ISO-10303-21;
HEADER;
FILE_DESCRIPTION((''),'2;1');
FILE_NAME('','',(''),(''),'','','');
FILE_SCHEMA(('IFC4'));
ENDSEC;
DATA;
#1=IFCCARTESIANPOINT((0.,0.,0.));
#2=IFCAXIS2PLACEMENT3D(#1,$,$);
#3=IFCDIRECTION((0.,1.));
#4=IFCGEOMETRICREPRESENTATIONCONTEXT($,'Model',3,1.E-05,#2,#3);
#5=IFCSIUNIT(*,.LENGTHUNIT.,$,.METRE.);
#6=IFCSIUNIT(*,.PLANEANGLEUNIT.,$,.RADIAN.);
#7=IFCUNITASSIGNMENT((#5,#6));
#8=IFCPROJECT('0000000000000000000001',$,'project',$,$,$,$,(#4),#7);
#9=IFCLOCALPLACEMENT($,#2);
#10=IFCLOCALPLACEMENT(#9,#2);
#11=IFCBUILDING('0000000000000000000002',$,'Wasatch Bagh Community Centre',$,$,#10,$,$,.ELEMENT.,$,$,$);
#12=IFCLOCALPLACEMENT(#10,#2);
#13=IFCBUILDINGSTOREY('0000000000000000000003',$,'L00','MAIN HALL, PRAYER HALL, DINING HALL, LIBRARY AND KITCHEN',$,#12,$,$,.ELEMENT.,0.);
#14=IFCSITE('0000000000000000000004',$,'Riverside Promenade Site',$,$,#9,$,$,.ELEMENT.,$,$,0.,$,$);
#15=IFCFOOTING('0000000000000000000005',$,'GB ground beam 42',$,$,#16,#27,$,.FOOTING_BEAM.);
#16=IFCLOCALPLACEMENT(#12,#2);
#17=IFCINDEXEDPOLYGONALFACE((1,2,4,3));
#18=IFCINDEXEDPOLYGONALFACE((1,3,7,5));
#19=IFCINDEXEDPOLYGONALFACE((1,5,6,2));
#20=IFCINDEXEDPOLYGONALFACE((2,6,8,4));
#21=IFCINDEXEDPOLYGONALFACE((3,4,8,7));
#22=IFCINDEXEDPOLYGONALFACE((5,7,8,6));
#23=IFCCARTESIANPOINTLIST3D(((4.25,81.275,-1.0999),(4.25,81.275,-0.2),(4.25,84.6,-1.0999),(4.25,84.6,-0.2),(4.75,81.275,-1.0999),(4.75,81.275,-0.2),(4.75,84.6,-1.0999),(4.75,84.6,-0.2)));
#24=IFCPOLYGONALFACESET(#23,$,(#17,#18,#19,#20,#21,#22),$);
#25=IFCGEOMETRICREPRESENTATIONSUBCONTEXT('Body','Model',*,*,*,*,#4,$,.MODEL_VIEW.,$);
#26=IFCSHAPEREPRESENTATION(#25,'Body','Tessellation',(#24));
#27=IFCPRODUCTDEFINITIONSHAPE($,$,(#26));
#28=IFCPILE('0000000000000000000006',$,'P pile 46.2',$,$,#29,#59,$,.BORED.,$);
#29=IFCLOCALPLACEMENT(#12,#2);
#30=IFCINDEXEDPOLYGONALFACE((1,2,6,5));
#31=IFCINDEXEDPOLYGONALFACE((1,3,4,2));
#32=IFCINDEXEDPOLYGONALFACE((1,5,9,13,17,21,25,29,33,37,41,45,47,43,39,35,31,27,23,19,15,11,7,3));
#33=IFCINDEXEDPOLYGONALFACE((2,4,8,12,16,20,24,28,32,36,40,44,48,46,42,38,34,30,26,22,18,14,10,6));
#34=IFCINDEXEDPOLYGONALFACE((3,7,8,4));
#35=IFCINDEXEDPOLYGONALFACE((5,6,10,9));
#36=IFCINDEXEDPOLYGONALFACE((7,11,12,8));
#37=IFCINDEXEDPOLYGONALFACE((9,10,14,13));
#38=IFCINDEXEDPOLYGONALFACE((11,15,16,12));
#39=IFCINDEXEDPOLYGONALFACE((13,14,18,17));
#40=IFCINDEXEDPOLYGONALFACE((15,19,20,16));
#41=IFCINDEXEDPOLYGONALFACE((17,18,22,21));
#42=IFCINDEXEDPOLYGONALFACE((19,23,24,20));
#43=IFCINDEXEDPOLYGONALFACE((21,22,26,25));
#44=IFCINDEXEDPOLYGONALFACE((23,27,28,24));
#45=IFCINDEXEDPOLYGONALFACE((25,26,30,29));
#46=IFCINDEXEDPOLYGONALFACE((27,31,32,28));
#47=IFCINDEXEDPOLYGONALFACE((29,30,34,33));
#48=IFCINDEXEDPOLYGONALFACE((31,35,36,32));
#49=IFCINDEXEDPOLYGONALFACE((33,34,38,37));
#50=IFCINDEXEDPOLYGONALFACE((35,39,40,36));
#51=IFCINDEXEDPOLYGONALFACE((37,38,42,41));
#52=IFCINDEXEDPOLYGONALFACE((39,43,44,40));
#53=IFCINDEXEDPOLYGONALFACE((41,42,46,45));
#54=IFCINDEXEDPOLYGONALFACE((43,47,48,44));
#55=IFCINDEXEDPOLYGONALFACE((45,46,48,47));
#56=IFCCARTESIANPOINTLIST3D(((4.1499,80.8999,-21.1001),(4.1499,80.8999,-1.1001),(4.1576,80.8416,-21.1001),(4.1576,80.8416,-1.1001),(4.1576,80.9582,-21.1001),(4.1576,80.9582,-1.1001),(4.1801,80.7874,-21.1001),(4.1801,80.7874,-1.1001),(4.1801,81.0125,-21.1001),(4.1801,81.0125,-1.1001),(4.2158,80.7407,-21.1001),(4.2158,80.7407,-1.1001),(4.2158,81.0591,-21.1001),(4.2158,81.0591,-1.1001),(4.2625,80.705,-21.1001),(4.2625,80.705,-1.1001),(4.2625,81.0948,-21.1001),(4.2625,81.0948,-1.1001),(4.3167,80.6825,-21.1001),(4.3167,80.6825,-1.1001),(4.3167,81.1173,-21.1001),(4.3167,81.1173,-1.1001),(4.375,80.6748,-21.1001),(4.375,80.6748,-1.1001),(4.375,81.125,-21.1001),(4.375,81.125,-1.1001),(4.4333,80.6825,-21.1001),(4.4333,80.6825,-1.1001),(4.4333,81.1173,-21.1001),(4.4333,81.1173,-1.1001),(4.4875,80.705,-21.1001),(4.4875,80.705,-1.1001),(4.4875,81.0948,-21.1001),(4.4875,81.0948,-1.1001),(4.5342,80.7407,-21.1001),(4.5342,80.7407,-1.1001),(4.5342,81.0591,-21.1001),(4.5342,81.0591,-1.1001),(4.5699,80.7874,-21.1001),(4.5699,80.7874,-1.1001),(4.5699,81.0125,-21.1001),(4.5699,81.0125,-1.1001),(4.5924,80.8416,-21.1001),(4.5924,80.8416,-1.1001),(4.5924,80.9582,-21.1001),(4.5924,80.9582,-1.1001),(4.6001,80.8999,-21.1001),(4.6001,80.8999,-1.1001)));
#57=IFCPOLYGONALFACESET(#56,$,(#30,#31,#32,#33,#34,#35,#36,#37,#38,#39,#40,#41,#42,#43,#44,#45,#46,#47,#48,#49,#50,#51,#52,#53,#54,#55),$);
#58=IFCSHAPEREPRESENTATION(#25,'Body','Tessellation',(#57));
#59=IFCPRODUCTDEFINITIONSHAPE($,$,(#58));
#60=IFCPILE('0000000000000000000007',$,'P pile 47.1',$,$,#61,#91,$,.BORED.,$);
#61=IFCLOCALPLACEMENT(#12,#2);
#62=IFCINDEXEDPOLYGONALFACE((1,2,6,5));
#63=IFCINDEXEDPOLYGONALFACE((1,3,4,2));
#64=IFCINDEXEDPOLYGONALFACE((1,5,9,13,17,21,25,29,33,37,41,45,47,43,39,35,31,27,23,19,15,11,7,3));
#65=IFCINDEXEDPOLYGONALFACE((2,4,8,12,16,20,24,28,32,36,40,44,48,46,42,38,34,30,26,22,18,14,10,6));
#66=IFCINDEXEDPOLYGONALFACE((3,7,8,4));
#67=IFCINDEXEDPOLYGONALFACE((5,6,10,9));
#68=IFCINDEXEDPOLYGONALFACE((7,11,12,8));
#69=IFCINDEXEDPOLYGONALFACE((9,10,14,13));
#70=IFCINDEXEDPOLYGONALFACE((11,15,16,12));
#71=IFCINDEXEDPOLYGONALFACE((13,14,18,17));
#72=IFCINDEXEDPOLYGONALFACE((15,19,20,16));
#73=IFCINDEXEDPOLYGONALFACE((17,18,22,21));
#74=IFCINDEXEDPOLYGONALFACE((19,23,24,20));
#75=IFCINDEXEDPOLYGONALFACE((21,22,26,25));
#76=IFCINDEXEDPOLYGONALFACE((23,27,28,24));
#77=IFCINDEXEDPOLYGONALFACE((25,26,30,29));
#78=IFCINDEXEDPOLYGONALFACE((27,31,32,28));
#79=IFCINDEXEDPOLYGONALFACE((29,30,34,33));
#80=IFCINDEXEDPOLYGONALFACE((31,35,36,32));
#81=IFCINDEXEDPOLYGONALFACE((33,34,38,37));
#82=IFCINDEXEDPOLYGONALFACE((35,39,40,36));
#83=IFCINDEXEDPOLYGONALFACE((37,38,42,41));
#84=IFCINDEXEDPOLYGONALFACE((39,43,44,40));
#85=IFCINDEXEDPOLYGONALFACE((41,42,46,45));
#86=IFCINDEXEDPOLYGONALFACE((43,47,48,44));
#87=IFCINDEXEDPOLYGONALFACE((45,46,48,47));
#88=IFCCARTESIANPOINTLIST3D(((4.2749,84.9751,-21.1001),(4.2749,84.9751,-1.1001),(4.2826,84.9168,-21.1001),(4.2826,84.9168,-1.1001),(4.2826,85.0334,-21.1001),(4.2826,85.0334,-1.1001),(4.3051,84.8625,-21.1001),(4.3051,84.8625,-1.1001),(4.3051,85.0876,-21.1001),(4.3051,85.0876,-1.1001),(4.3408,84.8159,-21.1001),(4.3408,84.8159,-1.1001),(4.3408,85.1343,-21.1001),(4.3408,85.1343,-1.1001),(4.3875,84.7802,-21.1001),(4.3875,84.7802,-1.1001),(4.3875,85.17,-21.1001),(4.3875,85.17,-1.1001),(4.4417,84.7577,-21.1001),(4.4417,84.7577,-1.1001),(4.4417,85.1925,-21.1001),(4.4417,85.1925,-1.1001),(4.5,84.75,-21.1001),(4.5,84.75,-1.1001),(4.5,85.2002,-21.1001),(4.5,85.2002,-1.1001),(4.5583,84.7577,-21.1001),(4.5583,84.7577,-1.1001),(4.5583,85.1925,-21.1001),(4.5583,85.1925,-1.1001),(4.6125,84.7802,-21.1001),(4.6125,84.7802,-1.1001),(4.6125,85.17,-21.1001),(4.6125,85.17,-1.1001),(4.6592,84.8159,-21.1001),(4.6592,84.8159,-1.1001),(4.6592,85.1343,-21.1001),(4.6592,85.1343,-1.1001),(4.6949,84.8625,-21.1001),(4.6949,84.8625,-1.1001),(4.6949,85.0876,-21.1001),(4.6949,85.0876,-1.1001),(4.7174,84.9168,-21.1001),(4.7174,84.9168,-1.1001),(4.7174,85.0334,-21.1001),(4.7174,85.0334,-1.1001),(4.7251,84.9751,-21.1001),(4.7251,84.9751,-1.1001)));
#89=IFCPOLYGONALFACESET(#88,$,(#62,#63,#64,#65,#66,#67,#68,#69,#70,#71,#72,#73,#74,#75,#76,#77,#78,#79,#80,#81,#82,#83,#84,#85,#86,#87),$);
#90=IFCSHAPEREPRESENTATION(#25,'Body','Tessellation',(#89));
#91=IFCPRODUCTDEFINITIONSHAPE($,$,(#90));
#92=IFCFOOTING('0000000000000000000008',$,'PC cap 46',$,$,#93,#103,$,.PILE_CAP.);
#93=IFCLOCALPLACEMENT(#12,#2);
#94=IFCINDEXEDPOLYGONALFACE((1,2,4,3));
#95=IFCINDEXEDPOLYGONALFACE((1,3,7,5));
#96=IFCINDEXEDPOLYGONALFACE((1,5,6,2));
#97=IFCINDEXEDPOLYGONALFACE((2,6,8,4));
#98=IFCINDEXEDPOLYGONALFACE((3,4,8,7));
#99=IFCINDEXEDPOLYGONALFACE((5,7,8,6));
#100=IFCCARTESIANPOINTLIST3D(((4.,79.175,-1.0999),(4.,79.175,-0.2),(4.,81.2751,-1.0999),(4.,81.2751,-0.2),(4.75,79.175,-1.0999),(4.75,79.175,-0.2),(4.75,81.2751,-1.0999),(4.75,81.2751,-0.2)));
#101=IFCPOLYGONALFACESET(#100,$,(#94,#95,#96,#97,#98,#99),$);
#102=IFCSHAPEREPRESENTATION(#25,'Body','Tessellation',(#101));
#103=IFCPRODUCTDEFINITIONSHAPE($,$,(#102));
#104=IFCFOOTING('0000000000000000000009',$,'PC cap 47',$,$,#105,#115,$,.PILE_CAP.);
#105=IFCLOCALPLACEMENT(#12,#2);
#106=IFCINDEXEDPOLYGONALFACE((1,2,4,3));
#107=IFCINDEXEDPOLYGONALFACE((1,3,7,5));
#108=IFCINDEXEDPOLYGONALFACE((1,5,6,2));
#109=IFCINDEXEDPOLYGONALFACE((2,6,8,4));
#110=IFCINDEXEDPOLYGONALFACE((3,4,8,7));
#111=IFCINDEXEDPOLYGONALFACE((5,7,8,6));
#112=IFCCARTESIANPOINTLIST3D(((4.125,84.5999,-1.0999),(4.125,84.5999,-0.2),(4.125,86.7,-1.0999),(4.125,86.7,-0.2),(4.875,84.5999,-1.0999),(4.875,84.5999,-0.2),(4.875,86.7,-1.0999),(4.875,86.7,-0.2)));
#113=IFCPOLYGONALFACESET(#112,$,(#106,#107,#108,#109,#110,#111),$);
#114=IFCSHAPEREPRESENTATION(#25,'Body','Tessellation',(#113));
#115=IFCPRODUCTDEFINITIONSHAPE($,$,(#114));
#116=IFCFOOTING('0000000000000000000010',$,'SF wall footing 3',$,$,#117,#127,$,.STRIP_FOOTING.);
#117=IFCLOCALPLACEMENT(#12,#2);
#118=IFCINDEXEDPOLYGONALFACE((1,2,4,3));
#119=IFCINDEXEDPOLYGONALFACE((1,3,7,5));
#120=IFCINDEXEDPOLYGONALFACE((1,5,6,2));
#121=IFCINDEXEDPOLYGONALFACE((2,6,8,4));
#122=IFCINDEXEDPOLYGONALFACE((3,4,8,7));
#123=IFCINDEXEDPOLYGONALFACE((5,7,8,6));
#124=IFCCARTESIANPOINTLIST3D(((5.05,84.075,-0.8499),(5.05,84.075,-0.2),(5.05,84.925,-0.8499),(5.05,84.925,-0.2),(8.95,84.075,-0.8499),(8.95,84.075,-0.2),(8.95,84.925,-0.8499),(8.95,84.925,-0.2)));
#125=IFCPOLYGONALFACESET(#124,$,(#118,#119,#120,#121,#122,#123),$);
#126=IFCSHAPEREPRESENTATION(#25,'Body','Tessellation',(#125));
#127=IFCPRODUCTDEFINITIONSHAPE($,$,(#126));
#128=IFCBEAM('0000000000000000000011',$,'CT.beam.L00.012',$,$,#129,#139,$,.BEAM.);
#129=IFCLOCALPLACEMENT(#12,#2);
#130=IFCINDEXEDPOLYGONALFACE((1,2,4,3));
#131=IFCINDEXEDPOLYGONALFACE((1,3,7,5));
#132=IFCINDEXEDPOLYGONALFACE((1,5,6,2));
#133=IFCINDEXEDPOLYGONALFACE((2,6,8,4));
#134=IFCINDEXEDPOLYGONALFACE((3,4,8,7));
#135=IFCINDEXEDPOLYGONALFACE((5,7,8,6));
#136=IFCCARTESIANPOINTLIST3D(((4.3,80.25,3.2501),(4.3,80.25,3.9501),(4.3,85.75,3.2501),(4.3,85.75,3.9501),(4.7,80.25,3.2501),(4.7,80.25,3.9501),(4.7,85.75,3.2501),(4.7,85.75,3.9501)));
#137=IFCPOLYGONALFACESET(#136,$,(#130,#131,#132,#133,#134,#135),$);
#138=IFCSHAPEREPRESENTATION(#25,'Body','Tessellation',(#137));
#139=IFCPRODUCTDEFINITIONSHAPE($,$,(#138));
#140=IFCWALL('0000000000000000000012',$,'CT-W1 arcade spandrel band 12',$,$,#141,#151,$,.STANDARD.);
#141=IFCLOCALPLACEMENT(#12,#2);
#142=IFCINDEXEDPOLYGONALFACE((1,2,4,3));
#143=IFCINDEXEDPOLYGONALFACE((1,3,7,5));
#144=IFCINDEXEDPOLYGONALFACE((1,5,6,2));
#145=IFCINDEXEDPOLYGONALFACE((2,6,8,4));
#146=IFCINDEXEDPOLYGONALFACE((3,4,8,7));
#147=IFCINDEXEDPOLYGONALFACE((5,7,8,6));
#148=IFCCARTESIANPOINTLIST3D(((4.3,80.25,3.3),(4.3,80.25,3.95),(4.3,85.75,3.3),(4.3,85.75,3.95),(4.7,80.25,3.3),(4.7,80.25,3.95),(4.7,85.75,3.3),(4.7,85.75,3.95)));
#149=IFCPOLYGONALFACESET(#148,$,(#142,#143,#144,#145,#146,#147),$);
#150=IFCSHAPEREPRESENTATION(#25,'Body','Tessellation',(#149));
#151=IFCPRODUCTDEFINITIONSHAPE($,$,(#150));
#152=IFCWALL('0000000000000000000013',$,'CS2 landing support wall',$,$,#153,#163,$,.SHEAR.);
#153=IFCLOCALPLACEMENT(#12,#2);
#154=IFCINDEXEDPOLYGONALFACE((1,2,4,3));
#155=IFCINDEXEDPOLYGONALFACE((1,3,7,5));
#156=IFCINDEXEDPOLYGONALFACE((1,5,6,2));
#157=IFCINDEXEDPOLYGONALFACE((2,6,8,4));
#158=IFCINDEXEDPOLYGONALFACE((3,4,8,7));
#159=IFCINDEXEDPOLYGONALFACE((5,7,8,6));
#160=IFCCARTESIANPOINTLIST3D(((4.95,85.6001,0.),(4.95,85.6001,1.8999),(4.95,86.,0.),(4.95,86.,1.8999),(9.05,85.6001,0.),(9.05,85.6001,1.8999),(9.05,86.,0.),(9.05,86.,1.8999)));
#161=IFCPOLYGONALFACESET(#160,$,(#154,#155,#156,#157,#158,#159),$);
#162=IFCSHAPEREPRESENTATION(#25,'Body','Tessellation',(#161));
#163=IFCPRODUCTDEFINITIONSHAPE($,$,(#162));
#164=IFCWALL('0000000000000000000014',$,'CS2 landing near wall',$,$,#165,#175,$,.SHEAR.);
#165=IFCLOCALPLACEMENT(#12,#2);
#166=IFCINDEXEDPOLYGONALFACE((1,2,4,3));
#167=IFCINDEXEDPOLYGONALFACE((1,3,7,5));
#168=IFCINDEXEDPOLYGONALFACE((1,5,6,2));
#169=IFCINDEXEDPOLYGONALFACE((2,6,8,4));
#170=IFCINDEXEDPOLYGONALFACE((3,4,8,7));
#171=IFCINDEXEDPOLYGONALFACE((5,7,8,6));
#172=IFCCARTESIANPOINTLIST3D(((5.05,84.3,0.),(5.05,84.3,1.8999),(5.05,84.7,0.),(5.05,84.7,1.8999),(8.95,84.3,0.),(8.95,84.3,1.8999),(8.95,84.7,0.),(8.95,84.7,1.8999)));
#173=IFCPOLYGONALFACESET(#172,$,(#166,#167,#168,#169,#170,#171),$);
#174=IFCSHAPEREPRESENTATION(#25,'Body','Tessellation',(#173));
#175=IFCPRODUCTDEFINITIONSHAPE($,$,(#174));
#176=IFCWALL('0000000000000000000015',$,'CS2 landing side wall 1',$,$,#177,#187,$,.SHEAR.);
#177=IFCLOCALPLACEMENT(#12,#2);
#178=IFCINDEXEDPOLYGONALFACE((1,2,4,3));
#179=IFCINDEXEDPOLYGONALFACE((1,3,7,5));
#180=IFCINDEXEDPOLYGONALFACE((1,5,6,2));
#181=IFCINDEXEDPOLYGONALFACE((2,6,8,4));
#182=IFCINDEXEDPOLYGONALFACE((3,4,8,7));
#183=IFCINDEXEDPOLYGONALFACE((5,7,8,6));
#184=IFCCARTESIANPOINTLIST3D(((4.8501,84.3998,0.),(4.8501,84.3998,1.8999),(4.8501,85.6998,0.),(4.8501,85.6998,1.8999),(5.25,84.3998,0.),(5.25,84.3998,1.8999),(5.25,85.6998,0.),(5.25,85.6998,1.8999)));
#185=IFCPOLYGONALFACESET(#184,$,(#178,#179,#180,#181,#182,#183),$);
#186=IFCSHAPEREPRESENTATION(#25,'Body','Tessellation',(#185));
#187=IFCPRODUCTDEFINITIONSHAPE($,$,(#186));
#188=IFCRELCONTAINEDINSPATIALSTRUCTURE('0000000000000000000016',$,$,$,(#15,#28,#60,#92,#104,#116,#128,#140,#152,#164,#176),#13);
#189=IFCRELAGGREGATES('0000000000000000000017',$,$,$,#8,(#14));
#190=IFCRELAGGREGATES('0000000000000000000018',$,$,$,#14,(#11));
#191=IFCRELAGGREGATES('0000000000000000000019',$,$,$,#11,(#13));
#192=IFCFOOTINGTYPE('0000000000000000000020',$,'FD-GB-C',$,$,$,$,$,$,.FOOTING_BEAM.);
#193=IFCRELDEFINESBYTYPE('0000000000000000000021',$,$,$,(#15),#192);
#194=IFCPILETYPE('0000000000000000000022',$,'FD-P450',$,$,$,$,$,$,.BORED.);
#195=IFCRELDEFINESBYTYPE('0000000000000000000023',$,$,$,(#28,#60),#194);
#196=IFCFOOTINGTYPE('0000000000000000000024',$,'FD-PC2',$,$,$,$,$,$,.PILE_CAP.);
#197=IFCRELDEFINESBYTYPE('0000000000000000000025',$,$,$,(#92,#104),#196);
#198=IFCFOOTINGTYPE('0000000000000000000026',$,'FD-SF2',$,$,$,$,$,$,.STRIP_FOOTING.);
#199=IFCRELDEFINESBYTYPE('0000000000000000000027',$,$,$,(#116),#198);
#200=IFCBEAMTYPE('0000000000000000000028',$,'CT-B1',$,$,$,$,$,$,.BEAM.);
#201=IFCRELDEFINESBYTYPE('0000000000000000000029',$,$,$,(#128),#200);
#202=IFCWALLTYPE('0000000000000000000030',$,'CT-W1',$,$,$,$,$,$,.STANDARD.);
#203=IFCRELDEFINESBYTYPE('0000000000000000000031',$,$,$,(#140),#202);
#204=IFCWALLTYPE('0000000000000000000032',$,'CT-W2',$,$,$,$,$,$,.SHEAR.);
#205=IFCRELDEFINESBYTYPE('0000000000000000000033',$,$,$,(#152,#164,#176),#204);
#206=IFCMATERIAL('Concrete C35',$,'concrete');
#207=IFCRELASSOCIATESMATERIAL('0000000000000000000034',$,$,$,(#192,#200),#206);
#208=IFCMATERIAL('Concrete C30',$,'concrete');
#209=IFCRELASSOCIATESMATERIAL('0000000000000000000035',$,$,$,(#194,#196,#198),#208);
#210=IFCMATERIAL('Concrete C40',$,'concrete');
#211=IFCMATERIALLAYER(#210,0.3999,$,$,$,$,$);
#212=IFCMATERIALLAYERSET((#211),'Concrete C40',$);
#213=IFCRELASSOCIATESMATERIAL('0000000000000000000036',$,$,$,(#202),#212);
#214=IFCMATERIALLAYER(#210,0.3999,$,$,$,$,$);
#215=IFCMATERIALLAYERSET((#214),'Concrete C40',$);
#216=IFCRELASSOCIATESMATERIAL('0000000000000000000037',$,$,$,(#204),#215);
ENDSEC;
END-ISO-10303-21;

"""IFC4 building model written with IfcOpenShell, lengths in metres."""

from ifc_helpers import new_model, si_unit, direction, frame, frame_2d, origin, origin_2d, place, context, subcontext, project, spatial, rectangle, circle, extrude, material, layer, layer_set, material_profile, profile_set, type_object, element, save


model = new_model("IFC4")

# Units and contexts
model_context = context("Model", 3, precision=1e-05, world=origin(), true_north=direction((0.0, 1.0)))
body_context = subcontext(model_context, "Body", "Model", "MODEL_VIEW")
ifc_project = project(units=[si_unit("LENGTHUNIT", "METRE"), si_unit("PLANEANGLEUNIT", "RADIAN")], contexts=[model_context])

# Site, building, storey
site_placement = place(None, origin())
site = spatial("IfcSite", under=ifc_project, at=site_placement, Name="Riverside Promenade Site", CompositionType="ELEMENT", RefElevation=0.0)
building_placement = place(site_placement, origin())
building = spatial("IfcBuilding", under=site, at=building_placement, Name="Wasatch Bagh Community Centre", CompositionType="ELEMENT")
storey_placement = place(building_placement, origin())
storey = spatial("IfcBuildingStorey", under=building, at=storey_placement, Name="L00", Description="MAIN HALL, PRAYER HALL, DINING HALL, LIBRARY AND KITCHEN", CompositionType="ELEMENT", Elevation=0.0)

# Footing
ifc_material_1 = material(Name="Concrete C35", Category="concrete")
footing_type_1 = type_object("IfcFootingType", Name="FD-GB-C", PredefinedType="FOOTING_BEAM", material=ifc_material_1)
footing_1_placement = place(storey_placement, frame((4.5, 82.9375, -1.0999), z_axis=(0.0, 0.0, 1.0), x_axis=(0.0, 1.0, 0.0)))
element("IfcFooting", 1, at=footing_1_placement, inside=storey, type_object=footing_type_1, Name="GB ground beam 42", PredefinedType="FOOTING_BEAM", context=body_context, shape_type="SweptSolid", body=[
    extrude(rectangle(XDim=3.325, YDim=0.5, at=origin_2d()), origin(), (0.0, 0.0, 1.0), 0.8999),
])

# Piles
ifc_material_2 = material(Name="Concrete C30", Category="concrete")
ifc_material_profile_1 = material_profile(ifc_material_2, circle(Radius=0.2251, at=origin_2d()), Name="RC D450")
ifc_profile_set_1 = profile_set([ifc_material_profile_1], Name="Concrete C30")
pile_type = type_object("IfcPileType", Name="FD-P450", PredefinedType="BORED", material=ifc_profile_set_1)
for number, where, z_axis, x_axis, name in (
    (2, (4.375, 80.8999, -1.1001), (0.0, 0.0, -1.0), (1.0, 0.0, 0.0), "P pile 46.2"),
    (3, (4.5, 84.9751, -1.1001), (0.0, 0.0, -1.0), (1.0, 0.0, 0.0), "P pile 47.1"),
):
    element("IfcPile", number, at=place(storey_placement, frame(where, z_axis=z_axis, x_axis=x_axis)), inside=storey, type_object=pile_type, Name=name, PredefinedType="BORED", context=body_context, shape_type="SweptSolid", body=[
        extrude(circle(Radius=0.2251, at=origin_2d()), origin(), (0.0, 0.0, 1.0), 20.0),
    ])

# Footings
footing_type_2 = type_object("IfcFootingType", Name="FD-PC2", PredefinedType="PILE_CAP", material=ifc_material_2)
for number, where, z_axis, x_axis, name in (
    (4, (4.375, 80.2251, -1.0999), (0.0, 0.0, 1.0), (0.0, 1.0, 0.0), "PC cap 46"),
    (5, (4.5, 85.6499, -1.0999), (0.0, 0.0, 1.0), (0.0, 1.0, 0.0), "PC cap 47"),
):
    element("IfcFooting", number, at=place(storey_placement, frame(where, z_axis=z_axis, x_axis=x_axis)), inside=storey, type_object=footing_type_2, Name=name, PredefinedType="PILE_CAP", context=body_context, shape_type="SweptSolid", body=[
        extrude(rectangle(XDim=2.1001, YDim=0.75, at=origin_2d()), origin(), (0.0, 0.0, 1.0), 0.8999),
    ])
footing_type_3 = type_object("IfcFootingType", Name="FD-SF2", PredefinedType="STRIP_FOOTING", material=ifc_material_2)
footing_2_placement = place(storey_placement, frame((7.0, 84.5, -0.8499), z_axis=(0.0, 0.0, 1.0), x_axis=(1.0, 0.0, 0.0)))
element("IfcFooting", 6, at=footing_2_placement, inside=storey, type_object=footing_type_3, Name="SF wall footing 3", PredefinedType="STRIP_FOOTING", context=body_context, shape_type="SweptSolid", body=[
    extrude(rectangle(XDim=3.8999, YDim=0.8501, at=origin_2d()), origin(), (0.0, 0.0, 1.0), 0.6499),
])

# Beam
ifc_material_profile_2 = material_profile(ifc_material_1, rectangle(XDim=0.3999, YDim=0.7, at=origin_2d()), Name="RC 400x700")
ifc_profile_set_2 = profile_set([ifc_material_profile_2], Name="Concrete C35")
beam_type = type_object("IfcBeamType", Name="CT-B1", PredefinedType="BEAM", material=ifc_profile_set_2)
beam_placement = place(storey_placement, frame((4.5, 80.25, 3.6001), z_axis=(0.0, 1.0, 0.0), x_axis=(-1.0, 0.0, 0.0)))
element("IfcBeam", 7, at=beam_placement, inside=storey, type_object=beam_type, Name="CT.beam.L00.012", PredefinedType="BEAM", context=body_context, shape_type="SweptSolid", body=[
    extrude(rectangle(XDim=0.3999, YDim=0.7, at=origin_2d()), origin(), (0.0, 0.0, 1.0), 5.5),
])

# Walls
ifc_material_3 = material(Name="Concrete C40", Category="concrete")
ifc_layer_1 = layer(ifc_material_3, 0.3999)
ifc_layer_set_1 = layer_set([ifc_layer_1], Name="Concrete C40")
wall_type_1 = type_object("IfcWallType", Name="CT-W1", PredefinedType="STANDARD", material=ifc_layer_set_1)
wall_1_placement = place(storey_placement, frame((4.5, 80.25, 3.3), z_axis=(0.0, 0.0, 1.0), x_axis=(0.0, 1.0, 0.0)))
element("IfcWall", 8, at=wall_1_placement, inside=storey, type_object=wall_type_1, Name="CT-W1 arcade spandrel band 12", PredefinedType="STANDARD", context=body_context, shape_type="SweptSolid", body=[
    extrude(rectangle(XDim=5.5, YDim=0.3999, at=frame_2d((2.75, 0.0))), origin(), (0.0, 0.0, 1.0), 0.6499),
])
ifc_layer_2 = layer(ifc_material_3, 0.3999)
ifc_layer_set_2 = layer_set([ifc_layer_2], Name="Concrete C40")
wall_type_2 = type_object("IfcWallType", Name="CT-W2", PredefinedType="SHEAR", material=ifc_layer_set_2)
wall_2_placement = place(storey_placement, frame((4.95, 85.8, 0.0), z_axis=(0.0, 0.0, 1.0), x_axis=(1.0, 0.0, 0.0)))
element("IfcWall", 9, at=wall_2_placement, inside=storey, type_object=wall_type_2, Name="CS2 landing support wall", PredefinedType="SHEAR", context=body_context, shape_type="SweptSolid", body=[
    extrude(rectangle(XDim=4.1001, YDim=0.3999, at=frame_2d((2.05, 0.0))), origin(), (0.0, 0.0, 1.0), 1.8999),
])
wall_3_placement = place(storey_placement, frame((5.05, 84.5, 0.0), z_axis=(0.0, 0.0, 1.0), x_axis=(1.0, 0.0, 0.0)))
element("IfcWall", 10, at=wall_3_placement, inside=storey, type_object=wall_type_2, Name="CS2 landing near wall", PredefinedType="SHEAR", context=body_context, shape_type="SweptSolid", body=[
    extrude(rectangle(XDim=3.8999, YDim=0.3999, at=frame_2d((1.95, 0.0))), origin(), (0.0, 0.0, 1.0), 1.8999),
])
wall_4_placement = place(storey_placement, frame((5.05, 84.3999, 0.0), z_axis=(0.0, 0.0, 1.0), x_axis=(0.0, 1.0, 0.0)))
element("IfcWall", 11, at=wall_4_placement, inside=storey, type_object=wall_type_2, Name="CS2 landing side wall 1", PredefinedType="SHEAR", context=body_context, shape_type="SweptSolid", body=[
    extrude(rectangle(XDim=1.3, YDim=0.3999, at=frame_2d((0.6499, 0.0))), origin(), (0.0, 0.0, 1.0), 1.8999),
])

save(model, "model.ifc")
